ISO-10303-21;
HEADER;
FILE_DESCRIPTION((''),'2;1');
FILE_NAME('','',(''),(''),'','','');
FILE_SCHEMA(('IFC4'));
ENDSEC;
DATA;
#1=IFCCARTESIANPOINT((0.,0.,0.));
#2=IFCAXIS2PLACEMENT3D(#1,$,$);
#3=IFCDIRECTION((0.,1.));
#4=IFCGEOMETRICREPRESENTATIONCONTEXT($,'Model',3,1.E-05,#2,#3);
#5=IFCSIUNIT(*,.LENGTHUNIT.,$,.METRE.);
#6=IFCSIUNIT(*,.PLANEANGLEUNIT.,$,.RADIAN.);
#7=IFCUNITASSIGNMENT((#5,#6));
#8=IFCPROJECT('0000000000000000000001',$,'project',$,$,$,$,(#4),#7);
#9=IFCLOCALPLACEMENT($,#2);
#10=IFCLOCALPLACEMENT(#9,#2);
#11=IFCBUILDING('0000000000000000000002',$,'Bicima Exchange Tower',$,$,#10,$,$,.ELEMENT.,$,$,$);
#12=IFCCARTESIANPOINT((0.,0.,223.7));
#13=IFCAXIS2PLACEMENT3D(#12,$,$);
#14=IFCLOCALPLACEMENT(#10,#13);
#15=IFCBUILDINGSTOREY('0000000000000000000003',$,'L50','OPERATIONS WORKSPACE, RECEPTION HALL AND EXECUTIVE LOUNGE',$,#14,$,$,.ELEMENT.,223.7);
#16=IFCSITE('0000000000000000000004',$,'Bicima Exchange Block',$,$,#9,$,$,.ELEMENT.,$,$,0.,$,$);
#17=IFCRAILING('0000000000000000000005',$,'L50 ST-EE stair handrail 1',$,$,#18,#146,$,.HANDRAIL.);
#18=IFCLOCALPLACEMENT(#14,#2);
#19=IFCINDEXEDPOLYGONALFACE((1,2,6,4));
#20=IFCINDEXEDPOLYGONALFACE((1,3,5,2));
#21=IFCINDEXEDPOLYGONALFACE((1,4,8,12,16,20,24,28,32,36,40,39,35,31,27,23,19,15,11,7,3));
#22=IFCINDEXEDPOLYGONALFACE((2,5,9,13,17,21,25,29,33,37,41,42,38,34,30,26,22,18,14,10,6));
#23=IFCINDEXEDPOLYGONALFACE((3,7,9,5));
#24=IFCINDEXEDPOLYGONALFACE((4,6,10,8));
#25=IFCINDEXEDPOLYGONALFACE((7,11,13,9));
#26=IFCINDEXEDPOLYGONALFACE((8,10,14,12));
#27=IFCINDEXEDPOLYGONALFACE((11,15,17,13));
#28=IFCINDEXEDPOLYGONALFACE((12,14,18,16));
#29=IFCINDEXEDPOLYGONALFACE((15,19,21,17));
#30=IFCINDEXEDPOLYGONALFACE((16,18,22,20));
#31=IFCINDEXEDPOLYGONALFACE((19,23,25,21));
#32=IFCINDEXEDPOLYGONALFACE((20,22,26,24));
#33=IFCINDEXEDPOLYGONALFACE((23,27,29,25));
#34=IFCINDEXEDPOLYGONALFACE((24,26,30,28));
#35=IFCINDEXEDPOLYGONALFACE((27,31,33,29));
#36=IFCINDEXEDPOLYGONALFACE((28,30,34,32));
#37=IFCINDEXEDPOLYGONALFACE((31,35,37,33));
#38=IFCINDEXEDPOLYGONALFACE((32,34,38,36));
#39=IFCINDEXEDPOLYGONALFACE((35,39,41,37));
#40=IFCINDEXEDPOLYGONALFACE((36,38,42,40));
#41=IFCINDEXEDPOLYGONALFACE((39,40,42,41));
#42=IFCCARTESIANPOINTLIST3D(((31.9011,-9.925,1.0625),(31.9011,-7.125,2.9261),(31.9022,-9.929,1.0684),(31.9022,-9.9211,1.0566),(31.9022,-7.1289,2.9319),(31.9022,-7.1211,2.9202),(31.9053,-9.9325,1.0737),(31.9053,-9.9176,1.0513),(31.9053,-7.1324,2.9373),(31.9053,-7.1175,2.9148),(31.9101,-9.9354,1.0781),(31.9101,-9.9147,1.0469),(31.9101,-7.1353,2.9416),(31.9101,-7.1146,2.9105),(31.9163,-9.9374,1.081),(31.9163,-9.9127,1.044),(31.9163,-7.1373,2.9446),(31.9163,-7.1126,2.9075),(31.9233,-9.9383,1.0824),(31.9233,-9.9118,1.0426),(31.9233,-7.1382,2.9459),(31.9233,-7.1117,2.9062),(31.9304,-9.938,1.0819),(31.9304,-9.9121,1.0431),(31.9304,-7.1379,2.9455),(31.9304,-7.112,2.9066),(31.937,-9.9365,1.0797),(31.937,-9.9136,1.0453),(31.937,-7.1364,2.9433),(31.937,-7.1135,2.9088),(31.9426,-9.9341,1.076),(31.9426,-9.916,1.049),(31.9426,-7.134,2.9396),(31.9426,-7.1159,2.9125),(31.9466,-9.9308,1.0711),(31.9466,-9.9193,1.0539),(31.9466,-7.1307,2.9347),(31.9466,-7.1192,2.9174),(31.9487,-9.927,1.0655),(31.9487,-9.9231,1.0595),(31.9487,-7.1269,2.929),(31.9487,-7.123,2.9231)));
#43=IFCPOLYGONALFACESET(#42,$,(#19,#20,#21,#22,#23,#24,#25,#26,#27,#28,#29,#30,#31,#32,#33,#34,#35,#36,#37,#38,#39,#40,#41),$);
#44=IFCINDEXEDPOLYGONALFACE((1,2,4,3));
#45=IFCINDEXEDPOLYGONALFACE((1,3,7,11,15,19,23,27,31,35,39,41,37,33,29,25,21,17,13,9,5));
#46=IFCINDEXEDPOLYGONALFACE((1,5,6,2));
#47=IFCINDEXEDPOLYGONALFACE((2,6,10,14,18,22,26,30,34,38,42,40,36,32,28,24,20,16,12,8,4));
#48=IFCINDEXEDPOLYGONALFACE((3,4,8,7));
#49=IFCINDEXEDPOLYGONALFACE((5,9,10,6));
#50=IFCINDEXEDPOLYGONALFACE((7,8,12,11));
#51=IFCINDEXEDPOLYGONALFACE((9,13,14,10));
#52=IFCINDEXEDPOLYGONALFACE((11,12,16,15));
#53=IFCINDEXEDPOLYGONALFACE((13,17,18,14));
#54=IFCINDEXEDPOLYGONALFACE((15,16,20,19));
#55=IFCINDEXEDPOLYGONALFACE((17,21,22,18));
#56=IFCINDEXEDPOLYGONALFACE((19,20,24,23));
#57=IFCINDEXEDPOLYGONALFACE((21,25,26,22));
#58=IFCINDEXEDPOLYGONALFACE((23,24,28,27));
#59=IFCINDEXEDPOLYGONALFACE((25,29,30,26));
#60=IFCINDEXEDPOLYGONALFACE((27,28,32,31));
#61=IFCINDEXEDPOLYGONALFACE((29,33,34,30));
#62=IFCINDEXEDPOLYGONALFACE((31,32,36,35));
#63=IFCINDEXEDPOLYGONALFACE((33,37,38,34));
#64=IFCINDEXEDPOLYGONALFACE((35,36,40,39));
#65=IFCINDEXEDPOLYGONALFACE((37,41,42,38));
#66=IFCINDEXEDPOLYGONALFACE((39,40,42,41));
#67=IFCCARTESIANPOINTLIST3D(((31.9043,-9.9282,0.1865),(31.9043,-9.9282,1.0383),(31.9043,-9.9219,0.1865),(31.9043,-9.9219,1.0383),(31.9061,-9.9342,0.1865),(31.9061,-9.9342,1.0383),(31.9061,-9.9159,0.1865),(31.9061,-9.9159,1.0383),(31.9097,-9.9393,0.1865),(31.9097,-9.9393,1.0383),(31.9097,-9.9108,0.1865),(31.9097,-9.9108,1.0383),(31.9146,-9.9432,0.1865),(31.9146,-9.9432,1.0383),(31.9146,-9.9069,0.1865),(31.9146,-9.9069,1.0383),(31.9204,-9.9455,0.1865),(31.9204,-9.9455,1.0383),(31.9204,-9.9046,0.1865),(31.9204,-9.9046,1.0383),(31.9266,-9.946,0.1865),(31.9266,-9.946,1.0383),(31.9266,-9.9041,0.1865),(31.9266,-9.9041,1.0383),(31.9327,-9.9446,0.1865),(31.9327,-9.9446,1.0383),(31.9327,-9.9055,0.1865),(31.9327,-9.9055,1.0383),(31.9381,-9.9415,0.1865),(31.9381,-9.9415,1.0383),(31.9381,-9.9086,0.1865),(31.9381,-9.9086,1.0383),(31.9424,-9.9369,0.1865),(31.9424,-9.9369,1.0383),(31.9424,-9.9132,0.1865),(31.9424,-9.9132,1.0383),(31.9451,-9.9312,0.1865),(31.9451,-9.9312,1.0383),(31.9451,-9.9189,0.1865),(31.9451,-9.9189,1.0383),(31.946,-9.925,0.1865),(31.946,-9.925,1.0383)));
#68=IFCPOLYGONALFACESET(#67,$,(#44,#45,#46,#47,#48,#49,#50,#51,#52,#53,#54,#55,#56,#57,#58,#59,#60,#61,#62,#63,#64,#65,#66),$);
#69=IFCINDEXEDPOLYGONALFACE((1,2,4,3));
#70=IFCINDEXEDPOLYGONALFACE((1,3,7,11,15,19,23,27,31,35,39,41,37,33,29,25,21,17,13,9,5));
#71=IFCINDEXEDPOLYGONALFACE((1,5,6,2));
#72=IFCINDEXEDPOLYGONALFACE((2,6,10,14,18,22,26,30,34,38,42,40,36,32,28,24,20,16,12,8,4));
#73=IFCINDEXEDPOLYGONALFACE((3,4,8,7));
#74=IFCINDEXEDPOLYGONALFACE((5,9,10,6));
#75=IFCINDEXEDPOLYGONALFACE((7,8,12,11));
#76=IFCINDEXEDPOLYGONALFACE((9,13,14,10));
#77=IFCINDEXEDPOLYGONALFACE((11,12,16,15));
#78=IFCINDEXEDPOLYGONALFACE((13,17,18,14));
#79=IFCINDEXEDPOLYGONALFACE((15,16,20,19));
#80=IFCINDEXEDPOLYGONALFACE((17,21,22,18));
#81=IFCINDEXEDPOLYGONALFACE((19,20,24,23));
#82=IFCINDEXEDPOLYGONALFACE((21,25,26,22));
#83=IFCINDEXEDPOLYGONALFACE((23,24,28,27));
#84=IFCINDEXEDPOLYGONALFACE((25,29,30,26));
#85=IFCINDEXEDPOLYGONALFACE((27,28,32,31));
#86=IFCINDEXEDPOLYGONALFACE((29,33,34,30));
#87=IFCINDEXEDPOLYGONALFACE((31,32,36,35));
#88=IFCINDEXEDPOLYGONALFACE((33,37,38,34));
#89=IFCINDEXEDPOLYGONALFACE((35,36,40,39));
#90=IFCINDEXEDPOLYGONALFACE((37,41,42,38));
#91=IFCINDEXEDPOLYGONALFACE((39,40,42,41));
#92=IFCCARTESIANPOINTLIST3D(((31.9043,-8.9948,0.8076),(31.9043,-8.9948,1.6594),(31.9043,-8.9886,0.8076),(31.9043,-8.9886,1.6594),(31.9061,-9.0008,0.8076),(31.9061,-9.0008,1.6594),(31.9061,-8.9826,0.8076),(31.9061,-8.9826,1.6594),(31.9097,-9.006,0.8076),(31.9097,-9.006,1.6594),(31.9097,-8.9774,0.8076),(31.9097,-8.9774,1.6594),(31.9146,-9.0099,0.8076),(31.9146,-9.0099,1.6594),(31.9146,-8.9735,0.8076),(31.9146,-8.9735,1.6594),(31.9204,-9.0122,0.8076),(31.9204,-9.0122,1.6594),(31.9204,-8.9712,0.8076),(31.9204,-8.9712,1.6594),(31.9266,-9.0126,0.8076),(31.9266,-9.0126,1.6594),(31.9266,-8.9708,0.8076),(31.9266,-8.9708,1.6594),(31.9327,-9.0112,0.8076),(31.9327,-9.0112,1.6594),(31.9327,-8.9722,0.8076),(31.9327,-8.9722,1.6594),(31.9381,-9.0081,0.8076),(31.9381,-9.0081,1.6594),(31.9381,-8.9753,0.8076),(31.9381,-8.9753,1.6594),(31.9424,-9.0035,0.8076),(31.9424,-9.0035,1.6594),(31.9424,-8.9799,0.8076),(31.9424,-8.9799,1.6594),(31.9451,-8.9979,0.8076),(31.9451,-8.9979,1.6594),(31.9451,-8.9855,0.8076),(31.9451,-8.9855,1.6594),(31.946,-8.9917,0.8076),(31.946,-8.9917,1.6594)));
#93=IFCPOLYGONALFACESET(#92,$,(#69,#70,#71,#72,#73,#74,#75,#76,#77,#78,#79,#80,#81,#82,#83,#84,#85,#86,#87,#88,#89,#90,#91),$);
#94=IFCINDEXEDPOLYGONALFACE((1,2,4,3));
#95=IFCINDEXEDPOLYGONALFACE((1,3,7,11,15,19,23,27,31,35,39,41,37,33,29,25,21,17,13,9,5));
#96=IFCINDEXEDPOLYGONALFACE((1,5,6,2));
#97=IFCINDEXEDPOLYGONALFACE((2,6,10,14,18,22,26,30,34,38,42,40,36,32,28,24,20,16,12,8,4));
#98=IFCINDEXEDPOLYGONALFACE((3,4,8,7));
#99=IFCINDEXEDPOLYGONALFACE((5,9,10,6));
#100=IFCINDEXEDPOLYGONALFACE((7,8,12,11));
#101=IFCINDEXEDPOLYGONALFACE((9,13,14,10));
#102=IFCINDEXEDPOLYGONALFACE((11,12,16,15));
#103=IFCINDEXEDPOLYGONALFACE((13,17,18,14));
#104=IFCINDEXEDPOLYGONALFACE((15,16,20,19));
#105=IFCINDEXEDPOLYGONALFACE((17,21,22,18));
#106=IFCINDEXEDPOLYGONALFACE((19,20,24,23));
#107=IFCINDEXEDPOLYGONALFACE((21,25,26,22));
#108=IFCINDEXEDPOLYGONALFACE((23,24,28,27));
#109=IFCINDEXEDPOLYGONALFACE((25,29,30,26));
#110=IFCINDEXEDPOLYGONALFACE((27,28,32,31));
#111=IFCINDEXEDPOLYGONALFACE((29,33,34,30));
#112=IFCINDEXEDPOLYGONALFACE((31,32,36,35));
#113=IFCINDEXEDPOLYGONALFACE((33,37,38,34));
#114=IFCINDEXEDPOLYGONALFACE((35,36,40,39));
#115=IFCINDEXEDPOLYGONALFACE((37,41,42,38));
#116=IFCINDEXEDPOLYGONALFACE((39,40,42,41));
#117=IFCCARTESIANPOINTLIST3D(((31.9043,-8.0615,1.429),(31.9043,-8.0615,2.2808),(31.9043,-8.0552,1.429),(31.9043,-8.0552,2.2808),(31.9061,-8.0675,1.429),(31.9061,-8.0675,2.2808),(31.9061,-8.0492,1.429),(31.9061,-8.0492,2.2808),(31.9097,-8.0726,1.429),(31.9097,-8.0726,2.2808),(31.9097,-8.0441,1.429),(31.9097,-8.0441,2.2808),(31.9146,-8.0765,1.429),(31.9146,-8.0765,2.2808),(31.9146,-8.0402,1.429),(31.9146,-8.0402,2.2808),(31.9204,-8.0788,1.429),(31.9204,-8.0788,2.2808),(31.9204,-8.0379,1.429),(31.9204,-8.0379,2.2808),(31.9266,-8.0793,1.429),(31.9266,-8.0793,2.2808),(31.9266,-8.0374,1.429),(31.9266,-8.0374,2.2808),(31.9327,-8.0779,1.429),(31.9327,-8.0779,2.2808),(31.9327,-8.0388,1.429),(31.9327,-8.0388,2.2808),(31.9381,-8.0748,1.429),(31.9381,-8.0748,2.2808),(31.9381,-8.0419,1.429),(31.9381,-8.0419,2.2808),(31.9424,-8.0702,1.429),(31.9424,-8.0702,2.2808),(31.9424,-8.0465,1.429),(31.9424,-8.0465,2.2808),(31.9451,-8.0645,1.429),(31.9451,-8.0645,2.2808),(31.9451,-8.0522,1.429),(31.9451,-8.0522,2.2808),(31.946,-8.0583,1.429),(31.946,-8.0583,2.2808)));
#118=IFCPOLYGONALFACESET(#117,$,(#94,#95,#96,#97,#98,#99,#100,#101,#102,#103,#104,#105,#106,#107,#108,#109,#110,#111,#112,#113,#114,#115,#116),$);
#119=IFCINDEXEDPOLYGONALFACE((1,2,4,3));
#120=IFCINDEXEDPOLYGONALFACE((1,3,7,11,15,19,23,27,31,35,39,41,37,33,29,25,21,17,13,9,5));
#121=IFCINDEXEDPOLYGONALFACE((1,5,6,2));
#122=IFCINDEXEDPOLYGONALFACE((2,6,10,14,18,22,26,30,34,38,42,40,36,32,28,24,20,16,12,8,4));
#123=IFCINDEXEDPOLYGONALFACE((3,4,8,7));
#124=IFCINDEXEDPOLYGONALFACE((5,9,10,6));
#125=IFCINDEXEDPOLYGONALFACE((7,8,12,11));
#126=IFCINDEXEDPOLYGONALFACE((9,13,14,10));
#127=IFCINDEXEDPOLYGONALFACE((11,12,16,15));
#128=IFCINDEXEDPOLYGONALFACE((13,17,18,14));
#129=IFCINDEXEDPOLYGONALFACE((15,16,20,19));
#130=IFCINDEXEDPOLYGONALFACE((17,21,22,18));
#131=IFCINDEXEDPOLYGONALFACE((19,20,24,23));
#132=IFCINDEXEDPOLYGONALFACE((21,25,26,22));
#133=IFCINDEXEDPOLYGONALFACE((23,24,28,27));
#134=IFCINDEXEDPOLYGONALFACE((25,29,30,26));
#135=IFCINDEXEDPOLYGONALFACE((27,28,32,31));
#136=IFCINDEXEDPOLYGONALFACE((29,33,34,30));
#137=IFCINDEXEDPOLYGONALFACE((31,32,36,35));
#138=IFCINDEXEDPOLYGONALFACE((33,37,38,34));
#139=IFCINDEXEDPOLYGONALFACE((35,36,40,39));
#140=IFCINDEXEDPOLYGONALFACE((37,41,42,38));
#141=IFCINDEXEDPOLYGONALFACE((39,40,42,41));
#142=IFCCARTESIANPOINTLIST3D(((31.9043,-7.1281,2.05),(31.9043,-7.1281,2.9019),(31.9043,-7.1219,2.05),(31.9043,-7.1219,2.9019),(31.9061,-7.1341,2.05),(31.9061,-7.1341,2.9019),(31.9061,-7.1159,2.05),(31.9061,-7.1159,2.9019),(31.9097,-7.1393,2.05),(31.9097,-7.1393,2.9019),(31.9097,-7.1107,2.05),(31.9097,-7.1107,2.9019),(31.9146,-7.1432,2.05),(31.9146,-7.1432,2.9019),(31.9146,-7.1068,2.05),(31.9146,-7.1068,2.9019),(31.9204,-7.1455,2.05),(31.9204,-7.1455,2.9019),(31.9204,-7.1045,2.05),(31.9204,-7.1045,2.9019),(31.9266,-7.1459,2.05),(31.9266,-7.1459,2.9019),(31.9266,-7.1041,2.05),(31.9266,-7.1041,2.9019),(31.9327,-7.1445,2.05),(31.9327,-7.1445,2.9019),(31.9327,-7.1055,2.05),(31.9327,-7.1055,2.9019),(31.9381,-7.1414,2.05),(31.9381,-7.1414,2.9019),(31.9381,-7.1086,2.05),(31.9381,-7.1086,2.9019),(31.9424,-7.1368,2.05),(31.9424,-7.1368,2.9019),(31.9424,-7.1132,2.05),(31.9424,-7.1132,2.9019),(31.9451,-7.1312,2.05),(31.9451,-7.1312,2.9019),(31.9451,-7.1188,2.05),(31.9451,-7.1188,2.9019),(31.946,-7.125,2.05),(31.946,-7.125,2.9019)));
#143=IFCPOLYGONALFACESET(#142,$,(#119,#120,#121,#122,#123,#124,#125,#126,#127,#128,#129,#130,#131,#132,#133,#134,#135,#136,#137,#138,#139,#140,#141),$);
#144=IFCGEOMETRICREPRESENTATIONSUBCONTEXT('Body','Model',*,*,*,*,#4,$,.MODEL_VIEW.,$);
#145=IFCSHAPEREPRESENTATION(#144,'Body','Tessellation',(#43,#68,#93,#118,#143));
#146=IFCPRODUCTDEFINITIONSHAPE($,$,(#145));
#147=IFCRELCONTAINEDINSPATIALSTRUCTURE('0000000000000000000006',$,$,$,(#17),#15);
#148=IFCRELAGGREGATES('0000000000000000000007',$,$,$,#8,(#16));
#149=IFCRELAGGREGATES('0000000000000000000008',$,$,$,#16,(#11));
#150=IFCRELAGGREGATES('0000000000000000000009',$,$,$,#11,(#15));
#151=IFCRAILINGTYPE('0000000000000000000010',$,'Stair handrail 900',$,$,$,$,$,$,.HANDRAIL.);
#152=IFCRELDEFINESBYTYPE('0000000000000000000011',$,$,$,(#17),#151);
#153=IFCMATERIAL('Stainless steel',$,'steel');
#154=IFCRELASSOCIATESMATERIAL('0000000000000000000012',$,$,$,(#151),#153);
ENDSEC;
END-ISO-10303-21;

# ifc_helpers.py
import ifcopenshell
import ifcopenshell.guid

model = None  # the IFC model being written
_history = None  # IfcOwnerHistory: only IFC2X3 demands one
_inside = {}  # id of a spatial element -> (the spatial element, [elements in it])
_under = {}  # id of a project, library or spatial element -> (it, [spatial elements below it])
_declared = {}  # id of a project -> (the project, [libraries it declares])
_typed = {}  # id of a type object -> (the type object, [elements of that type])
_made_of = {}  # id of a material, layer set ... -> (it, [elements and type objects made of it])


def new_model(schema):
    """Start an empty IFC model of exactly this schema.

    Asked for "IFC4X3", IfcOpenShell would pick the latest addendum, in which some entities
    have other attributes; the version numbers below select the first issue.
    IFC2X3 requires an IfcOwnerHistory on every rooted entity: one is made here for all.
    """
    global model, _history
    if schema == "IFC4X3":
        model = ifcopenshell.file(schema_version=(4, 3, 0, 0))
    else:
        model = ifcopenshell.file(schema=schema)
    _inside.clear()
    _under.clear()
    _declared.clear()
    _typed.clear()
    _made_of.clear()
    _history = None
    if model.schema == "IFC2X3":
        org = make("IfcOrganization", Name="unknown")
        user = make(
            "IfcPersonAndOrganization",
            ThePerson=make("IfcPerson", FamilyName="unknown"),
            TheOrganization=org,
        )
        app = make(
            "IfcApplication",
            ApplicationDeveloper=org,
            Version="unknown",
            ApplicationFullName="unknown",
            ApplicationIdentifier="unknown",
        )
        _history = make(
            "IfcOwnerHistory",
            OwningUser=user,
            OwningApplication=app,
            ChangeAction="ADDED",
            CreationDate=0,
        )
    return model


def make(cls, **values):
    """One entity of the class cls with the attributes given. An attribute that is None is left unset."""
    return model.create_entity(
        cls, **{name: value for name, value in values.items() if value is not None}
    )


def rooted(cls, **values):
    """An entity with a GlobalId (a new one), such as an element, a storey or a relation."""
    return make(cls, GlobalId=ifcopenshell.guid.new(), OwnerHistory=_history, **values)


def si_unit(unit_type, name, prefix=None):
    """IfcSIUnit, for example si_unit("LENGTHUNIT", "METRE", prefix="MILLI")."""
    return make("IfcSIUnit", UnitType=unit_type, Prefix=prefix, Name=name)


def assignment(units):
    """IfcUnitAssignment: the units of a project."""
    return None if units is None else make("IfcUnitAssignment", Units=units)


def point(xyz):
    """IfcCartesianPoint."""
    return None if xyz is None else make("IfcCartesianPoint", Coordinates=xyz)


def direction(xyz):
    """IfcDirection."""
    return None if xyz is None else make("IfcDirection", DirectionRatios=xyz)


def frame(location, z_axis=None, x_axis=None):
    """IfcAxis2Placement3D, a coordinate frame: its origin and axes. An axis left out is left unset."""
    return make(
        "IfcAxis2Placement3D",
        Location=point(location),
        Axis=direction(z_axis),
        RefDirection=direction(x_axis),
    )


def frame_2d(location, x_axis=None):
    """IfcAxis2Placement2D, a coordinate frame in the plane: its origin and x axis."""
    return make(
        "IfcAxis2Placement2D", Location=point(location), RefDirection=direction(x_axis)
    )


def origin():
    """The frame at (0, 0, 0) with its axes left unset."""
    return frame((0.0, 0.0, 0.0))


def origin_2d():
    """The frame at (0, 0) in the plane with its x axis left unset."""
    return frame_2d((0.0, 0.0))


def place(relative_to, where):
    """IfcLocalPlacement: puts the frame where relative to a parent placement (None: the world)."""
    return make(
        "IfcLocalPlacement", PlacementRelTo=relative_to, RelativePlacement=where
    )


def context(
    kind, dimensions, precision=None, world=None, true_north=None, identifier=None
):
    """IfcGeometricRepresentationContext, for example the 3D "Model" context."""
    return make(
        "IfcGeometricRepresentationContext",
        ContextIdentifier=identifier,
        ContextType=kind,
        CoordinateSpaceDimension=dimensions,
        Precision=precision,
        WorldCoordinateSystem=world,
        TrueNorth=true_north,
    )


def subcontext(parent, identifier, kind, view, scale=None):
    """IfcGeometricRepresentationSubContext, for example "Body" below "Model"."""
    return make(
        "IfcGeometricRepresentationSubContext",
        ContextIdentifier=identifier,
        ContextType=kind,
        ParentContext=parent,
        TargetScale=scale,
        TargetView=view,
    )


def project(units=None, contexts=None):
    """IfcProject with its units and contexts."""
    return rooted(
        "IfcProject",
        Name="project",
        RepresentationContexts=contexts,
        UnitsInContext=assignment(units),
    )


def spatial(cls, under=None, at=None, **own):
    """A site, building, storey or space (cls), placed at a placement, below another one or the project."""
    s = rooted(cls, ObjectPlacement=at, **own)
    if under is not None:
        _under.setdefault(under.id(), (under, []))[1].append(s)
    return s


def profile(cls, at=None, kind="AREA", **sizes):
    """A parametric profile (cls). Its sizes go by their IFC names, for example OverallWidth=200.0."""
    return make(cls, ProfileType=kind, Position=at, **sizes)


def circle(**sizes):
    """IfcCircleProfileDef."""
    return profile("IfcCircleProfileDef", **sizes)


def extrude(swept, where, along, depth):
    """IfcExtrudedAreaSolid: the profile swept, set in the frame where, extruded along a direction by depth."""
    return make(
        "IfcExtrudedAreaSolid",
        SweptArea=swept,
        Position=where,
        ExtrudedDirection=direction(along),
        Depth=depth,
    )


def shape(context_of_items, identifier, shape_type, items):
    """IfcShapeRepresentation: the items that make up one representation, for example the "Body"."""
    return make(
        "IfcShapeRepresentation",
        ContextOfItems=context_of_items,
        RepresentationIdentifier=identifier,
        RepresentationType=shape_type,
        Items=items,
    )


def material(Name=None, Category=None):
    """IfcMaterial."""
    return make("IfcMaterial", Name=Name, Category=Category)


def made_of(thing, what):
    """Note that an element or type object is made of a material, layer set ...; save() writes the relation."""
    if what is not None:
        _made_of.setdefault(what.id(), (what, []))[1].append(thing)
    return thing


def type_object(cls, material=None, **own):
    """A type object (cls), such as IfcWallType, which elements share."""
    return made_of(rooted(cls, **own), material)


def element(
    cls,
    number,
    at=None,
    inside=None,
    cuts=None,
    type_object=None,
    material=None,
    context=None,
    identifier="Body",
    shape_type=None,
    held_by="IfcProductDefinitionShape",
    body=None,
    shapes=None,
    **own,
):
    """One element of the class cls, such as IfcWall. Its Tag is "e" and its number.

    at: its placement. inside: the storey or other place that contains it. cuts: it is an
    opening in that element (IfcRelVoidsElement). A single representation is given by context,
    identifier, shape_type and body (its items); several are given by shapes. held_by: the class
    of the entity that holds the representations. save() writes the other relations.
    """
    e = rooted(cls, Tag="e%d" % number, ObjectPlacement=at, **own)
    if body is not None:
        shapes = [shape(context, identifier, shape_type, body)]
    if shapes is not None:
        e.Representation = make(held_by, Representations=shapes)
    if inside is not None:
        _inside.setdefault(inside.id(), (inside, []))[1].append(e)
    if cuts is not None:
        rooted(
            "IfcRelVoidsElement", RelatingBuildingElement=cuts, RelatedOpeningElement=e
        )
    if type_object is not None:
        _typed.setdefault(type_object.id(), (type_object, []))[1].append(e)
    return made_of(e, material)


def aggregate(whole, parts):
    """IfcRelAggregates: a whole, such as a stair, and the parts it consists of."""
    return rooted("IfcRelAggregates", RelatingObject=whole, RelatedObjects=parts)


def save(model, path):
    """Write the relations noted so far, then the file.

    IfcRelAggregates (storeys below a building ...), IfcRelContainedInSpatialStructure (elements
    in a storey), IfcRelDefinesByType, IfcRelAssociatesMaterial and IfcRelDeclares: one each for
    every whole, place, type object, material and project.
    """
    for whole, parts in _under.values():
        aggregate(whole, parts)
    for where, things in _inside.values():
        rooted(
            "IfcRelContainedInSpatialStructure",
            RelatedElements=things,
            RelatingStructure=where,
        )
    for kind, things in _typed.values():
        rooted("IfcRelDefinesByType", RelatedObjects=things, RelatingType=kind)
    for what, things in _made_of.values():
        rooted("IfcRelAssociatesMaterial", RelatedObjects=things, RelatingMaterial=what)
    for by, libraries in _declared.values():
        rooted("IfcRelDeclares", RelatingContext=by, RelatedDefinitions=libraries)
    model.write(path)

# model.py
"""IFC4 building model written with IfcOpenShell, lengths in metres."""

from ifc_helpers import new_model, si_unit, direction, frame, origin, origin_2d, place, context, subcontext, project, spatial, circle, extrude, material, type_object, element, save


model = new_model("IFC4")

# Units and contexts
model_context = context("Model", 3, precision=1e-05, world=origin(), true_north=direction((0.0, 1.0)))
body_context = subcontext(model_context, "Body", "Model", "MODEL_VIEW")
ifc_project = project(units=[si_unit("LENGTHUNIT", "METRE"), si_unit("PLANEANGLEUNIT", "RADIAN")], contexts=[model_context])

# Site, building, storey
site_placement = place(None, origin())
site = spatial("IfcSite", under=ifc_project, at=site_placement, Name="Bicima Exchange Block", CompositionType="ELEMENT", RefElevation=0.0)
building_placement = place(site_placement, origin())
building = spatial("IfcBuilding", under=site, at=building_placement, Name="Bicima Exchange Tower", CompositionType="ELEMENT")
storey_placement = place(building_placement, frame((0.0, 0.0, 223.7)))
storey = spatial("IfcBuildingStorey", under=building, at=storey_placement, Name="L50", Description="OPERATIONS WORKSPACE, RECEPTION HALL AND EXECUTIVE LOUNGE", CompositionType="ELEMENT", Elevation=223.7)

# Railing
ifc_material_1 = material(Name="Stainless steel", Category="steel")
railing_type = type_object("IfcRailingType", Name="Stair handrail 900", PredefinedType="HANDRAIL", material=ifc_material_1)
railing_placement = place(storey_placement, frame((31.925, -9.925, 0.1865)))
element("IfcRailing", 1, at=railing_placement, inside=storey, type_object=railing_type, Name="L50 ST-EE stair handrail 1", PredefinedType="HANDRAIL", context=body_context, shape_type="SweptSolid", body=[
    extrude(circle(Radius=0.0239, at=origin_2d()), frame((0.0, 0.0, 0.876), z_axis=(0.0, 0.832486, 0.554047), x_axis=(-1.0, 0.0, 0.0)), (0.0, 0.0, 1.0), 3.3635),
    extrude(circle(Radius=0.021, at=origin_2d()), origin(), (0.0, 0.0, 1.0), 0.8518),
    extrude(circle(Radius=0.021, at=origin_2d()), frame((0.0, 0.9333, 0.6211)), (0.0, 0.0, 1.0), 0.8518),
    extrude(circle(Radius=0.021, at=origin_2d()), frame((0.0, 1.8667, 1.2424)), (0.0, 0.0, 1.0), 0.8518),
    extrude(circle(Radius=0.021, at=origin_2d()), frame((0.0, 2.8, 1.8635)), (0.0, 0.0, 1.0), 0.8518),
])

save(model, "model.ifc")
